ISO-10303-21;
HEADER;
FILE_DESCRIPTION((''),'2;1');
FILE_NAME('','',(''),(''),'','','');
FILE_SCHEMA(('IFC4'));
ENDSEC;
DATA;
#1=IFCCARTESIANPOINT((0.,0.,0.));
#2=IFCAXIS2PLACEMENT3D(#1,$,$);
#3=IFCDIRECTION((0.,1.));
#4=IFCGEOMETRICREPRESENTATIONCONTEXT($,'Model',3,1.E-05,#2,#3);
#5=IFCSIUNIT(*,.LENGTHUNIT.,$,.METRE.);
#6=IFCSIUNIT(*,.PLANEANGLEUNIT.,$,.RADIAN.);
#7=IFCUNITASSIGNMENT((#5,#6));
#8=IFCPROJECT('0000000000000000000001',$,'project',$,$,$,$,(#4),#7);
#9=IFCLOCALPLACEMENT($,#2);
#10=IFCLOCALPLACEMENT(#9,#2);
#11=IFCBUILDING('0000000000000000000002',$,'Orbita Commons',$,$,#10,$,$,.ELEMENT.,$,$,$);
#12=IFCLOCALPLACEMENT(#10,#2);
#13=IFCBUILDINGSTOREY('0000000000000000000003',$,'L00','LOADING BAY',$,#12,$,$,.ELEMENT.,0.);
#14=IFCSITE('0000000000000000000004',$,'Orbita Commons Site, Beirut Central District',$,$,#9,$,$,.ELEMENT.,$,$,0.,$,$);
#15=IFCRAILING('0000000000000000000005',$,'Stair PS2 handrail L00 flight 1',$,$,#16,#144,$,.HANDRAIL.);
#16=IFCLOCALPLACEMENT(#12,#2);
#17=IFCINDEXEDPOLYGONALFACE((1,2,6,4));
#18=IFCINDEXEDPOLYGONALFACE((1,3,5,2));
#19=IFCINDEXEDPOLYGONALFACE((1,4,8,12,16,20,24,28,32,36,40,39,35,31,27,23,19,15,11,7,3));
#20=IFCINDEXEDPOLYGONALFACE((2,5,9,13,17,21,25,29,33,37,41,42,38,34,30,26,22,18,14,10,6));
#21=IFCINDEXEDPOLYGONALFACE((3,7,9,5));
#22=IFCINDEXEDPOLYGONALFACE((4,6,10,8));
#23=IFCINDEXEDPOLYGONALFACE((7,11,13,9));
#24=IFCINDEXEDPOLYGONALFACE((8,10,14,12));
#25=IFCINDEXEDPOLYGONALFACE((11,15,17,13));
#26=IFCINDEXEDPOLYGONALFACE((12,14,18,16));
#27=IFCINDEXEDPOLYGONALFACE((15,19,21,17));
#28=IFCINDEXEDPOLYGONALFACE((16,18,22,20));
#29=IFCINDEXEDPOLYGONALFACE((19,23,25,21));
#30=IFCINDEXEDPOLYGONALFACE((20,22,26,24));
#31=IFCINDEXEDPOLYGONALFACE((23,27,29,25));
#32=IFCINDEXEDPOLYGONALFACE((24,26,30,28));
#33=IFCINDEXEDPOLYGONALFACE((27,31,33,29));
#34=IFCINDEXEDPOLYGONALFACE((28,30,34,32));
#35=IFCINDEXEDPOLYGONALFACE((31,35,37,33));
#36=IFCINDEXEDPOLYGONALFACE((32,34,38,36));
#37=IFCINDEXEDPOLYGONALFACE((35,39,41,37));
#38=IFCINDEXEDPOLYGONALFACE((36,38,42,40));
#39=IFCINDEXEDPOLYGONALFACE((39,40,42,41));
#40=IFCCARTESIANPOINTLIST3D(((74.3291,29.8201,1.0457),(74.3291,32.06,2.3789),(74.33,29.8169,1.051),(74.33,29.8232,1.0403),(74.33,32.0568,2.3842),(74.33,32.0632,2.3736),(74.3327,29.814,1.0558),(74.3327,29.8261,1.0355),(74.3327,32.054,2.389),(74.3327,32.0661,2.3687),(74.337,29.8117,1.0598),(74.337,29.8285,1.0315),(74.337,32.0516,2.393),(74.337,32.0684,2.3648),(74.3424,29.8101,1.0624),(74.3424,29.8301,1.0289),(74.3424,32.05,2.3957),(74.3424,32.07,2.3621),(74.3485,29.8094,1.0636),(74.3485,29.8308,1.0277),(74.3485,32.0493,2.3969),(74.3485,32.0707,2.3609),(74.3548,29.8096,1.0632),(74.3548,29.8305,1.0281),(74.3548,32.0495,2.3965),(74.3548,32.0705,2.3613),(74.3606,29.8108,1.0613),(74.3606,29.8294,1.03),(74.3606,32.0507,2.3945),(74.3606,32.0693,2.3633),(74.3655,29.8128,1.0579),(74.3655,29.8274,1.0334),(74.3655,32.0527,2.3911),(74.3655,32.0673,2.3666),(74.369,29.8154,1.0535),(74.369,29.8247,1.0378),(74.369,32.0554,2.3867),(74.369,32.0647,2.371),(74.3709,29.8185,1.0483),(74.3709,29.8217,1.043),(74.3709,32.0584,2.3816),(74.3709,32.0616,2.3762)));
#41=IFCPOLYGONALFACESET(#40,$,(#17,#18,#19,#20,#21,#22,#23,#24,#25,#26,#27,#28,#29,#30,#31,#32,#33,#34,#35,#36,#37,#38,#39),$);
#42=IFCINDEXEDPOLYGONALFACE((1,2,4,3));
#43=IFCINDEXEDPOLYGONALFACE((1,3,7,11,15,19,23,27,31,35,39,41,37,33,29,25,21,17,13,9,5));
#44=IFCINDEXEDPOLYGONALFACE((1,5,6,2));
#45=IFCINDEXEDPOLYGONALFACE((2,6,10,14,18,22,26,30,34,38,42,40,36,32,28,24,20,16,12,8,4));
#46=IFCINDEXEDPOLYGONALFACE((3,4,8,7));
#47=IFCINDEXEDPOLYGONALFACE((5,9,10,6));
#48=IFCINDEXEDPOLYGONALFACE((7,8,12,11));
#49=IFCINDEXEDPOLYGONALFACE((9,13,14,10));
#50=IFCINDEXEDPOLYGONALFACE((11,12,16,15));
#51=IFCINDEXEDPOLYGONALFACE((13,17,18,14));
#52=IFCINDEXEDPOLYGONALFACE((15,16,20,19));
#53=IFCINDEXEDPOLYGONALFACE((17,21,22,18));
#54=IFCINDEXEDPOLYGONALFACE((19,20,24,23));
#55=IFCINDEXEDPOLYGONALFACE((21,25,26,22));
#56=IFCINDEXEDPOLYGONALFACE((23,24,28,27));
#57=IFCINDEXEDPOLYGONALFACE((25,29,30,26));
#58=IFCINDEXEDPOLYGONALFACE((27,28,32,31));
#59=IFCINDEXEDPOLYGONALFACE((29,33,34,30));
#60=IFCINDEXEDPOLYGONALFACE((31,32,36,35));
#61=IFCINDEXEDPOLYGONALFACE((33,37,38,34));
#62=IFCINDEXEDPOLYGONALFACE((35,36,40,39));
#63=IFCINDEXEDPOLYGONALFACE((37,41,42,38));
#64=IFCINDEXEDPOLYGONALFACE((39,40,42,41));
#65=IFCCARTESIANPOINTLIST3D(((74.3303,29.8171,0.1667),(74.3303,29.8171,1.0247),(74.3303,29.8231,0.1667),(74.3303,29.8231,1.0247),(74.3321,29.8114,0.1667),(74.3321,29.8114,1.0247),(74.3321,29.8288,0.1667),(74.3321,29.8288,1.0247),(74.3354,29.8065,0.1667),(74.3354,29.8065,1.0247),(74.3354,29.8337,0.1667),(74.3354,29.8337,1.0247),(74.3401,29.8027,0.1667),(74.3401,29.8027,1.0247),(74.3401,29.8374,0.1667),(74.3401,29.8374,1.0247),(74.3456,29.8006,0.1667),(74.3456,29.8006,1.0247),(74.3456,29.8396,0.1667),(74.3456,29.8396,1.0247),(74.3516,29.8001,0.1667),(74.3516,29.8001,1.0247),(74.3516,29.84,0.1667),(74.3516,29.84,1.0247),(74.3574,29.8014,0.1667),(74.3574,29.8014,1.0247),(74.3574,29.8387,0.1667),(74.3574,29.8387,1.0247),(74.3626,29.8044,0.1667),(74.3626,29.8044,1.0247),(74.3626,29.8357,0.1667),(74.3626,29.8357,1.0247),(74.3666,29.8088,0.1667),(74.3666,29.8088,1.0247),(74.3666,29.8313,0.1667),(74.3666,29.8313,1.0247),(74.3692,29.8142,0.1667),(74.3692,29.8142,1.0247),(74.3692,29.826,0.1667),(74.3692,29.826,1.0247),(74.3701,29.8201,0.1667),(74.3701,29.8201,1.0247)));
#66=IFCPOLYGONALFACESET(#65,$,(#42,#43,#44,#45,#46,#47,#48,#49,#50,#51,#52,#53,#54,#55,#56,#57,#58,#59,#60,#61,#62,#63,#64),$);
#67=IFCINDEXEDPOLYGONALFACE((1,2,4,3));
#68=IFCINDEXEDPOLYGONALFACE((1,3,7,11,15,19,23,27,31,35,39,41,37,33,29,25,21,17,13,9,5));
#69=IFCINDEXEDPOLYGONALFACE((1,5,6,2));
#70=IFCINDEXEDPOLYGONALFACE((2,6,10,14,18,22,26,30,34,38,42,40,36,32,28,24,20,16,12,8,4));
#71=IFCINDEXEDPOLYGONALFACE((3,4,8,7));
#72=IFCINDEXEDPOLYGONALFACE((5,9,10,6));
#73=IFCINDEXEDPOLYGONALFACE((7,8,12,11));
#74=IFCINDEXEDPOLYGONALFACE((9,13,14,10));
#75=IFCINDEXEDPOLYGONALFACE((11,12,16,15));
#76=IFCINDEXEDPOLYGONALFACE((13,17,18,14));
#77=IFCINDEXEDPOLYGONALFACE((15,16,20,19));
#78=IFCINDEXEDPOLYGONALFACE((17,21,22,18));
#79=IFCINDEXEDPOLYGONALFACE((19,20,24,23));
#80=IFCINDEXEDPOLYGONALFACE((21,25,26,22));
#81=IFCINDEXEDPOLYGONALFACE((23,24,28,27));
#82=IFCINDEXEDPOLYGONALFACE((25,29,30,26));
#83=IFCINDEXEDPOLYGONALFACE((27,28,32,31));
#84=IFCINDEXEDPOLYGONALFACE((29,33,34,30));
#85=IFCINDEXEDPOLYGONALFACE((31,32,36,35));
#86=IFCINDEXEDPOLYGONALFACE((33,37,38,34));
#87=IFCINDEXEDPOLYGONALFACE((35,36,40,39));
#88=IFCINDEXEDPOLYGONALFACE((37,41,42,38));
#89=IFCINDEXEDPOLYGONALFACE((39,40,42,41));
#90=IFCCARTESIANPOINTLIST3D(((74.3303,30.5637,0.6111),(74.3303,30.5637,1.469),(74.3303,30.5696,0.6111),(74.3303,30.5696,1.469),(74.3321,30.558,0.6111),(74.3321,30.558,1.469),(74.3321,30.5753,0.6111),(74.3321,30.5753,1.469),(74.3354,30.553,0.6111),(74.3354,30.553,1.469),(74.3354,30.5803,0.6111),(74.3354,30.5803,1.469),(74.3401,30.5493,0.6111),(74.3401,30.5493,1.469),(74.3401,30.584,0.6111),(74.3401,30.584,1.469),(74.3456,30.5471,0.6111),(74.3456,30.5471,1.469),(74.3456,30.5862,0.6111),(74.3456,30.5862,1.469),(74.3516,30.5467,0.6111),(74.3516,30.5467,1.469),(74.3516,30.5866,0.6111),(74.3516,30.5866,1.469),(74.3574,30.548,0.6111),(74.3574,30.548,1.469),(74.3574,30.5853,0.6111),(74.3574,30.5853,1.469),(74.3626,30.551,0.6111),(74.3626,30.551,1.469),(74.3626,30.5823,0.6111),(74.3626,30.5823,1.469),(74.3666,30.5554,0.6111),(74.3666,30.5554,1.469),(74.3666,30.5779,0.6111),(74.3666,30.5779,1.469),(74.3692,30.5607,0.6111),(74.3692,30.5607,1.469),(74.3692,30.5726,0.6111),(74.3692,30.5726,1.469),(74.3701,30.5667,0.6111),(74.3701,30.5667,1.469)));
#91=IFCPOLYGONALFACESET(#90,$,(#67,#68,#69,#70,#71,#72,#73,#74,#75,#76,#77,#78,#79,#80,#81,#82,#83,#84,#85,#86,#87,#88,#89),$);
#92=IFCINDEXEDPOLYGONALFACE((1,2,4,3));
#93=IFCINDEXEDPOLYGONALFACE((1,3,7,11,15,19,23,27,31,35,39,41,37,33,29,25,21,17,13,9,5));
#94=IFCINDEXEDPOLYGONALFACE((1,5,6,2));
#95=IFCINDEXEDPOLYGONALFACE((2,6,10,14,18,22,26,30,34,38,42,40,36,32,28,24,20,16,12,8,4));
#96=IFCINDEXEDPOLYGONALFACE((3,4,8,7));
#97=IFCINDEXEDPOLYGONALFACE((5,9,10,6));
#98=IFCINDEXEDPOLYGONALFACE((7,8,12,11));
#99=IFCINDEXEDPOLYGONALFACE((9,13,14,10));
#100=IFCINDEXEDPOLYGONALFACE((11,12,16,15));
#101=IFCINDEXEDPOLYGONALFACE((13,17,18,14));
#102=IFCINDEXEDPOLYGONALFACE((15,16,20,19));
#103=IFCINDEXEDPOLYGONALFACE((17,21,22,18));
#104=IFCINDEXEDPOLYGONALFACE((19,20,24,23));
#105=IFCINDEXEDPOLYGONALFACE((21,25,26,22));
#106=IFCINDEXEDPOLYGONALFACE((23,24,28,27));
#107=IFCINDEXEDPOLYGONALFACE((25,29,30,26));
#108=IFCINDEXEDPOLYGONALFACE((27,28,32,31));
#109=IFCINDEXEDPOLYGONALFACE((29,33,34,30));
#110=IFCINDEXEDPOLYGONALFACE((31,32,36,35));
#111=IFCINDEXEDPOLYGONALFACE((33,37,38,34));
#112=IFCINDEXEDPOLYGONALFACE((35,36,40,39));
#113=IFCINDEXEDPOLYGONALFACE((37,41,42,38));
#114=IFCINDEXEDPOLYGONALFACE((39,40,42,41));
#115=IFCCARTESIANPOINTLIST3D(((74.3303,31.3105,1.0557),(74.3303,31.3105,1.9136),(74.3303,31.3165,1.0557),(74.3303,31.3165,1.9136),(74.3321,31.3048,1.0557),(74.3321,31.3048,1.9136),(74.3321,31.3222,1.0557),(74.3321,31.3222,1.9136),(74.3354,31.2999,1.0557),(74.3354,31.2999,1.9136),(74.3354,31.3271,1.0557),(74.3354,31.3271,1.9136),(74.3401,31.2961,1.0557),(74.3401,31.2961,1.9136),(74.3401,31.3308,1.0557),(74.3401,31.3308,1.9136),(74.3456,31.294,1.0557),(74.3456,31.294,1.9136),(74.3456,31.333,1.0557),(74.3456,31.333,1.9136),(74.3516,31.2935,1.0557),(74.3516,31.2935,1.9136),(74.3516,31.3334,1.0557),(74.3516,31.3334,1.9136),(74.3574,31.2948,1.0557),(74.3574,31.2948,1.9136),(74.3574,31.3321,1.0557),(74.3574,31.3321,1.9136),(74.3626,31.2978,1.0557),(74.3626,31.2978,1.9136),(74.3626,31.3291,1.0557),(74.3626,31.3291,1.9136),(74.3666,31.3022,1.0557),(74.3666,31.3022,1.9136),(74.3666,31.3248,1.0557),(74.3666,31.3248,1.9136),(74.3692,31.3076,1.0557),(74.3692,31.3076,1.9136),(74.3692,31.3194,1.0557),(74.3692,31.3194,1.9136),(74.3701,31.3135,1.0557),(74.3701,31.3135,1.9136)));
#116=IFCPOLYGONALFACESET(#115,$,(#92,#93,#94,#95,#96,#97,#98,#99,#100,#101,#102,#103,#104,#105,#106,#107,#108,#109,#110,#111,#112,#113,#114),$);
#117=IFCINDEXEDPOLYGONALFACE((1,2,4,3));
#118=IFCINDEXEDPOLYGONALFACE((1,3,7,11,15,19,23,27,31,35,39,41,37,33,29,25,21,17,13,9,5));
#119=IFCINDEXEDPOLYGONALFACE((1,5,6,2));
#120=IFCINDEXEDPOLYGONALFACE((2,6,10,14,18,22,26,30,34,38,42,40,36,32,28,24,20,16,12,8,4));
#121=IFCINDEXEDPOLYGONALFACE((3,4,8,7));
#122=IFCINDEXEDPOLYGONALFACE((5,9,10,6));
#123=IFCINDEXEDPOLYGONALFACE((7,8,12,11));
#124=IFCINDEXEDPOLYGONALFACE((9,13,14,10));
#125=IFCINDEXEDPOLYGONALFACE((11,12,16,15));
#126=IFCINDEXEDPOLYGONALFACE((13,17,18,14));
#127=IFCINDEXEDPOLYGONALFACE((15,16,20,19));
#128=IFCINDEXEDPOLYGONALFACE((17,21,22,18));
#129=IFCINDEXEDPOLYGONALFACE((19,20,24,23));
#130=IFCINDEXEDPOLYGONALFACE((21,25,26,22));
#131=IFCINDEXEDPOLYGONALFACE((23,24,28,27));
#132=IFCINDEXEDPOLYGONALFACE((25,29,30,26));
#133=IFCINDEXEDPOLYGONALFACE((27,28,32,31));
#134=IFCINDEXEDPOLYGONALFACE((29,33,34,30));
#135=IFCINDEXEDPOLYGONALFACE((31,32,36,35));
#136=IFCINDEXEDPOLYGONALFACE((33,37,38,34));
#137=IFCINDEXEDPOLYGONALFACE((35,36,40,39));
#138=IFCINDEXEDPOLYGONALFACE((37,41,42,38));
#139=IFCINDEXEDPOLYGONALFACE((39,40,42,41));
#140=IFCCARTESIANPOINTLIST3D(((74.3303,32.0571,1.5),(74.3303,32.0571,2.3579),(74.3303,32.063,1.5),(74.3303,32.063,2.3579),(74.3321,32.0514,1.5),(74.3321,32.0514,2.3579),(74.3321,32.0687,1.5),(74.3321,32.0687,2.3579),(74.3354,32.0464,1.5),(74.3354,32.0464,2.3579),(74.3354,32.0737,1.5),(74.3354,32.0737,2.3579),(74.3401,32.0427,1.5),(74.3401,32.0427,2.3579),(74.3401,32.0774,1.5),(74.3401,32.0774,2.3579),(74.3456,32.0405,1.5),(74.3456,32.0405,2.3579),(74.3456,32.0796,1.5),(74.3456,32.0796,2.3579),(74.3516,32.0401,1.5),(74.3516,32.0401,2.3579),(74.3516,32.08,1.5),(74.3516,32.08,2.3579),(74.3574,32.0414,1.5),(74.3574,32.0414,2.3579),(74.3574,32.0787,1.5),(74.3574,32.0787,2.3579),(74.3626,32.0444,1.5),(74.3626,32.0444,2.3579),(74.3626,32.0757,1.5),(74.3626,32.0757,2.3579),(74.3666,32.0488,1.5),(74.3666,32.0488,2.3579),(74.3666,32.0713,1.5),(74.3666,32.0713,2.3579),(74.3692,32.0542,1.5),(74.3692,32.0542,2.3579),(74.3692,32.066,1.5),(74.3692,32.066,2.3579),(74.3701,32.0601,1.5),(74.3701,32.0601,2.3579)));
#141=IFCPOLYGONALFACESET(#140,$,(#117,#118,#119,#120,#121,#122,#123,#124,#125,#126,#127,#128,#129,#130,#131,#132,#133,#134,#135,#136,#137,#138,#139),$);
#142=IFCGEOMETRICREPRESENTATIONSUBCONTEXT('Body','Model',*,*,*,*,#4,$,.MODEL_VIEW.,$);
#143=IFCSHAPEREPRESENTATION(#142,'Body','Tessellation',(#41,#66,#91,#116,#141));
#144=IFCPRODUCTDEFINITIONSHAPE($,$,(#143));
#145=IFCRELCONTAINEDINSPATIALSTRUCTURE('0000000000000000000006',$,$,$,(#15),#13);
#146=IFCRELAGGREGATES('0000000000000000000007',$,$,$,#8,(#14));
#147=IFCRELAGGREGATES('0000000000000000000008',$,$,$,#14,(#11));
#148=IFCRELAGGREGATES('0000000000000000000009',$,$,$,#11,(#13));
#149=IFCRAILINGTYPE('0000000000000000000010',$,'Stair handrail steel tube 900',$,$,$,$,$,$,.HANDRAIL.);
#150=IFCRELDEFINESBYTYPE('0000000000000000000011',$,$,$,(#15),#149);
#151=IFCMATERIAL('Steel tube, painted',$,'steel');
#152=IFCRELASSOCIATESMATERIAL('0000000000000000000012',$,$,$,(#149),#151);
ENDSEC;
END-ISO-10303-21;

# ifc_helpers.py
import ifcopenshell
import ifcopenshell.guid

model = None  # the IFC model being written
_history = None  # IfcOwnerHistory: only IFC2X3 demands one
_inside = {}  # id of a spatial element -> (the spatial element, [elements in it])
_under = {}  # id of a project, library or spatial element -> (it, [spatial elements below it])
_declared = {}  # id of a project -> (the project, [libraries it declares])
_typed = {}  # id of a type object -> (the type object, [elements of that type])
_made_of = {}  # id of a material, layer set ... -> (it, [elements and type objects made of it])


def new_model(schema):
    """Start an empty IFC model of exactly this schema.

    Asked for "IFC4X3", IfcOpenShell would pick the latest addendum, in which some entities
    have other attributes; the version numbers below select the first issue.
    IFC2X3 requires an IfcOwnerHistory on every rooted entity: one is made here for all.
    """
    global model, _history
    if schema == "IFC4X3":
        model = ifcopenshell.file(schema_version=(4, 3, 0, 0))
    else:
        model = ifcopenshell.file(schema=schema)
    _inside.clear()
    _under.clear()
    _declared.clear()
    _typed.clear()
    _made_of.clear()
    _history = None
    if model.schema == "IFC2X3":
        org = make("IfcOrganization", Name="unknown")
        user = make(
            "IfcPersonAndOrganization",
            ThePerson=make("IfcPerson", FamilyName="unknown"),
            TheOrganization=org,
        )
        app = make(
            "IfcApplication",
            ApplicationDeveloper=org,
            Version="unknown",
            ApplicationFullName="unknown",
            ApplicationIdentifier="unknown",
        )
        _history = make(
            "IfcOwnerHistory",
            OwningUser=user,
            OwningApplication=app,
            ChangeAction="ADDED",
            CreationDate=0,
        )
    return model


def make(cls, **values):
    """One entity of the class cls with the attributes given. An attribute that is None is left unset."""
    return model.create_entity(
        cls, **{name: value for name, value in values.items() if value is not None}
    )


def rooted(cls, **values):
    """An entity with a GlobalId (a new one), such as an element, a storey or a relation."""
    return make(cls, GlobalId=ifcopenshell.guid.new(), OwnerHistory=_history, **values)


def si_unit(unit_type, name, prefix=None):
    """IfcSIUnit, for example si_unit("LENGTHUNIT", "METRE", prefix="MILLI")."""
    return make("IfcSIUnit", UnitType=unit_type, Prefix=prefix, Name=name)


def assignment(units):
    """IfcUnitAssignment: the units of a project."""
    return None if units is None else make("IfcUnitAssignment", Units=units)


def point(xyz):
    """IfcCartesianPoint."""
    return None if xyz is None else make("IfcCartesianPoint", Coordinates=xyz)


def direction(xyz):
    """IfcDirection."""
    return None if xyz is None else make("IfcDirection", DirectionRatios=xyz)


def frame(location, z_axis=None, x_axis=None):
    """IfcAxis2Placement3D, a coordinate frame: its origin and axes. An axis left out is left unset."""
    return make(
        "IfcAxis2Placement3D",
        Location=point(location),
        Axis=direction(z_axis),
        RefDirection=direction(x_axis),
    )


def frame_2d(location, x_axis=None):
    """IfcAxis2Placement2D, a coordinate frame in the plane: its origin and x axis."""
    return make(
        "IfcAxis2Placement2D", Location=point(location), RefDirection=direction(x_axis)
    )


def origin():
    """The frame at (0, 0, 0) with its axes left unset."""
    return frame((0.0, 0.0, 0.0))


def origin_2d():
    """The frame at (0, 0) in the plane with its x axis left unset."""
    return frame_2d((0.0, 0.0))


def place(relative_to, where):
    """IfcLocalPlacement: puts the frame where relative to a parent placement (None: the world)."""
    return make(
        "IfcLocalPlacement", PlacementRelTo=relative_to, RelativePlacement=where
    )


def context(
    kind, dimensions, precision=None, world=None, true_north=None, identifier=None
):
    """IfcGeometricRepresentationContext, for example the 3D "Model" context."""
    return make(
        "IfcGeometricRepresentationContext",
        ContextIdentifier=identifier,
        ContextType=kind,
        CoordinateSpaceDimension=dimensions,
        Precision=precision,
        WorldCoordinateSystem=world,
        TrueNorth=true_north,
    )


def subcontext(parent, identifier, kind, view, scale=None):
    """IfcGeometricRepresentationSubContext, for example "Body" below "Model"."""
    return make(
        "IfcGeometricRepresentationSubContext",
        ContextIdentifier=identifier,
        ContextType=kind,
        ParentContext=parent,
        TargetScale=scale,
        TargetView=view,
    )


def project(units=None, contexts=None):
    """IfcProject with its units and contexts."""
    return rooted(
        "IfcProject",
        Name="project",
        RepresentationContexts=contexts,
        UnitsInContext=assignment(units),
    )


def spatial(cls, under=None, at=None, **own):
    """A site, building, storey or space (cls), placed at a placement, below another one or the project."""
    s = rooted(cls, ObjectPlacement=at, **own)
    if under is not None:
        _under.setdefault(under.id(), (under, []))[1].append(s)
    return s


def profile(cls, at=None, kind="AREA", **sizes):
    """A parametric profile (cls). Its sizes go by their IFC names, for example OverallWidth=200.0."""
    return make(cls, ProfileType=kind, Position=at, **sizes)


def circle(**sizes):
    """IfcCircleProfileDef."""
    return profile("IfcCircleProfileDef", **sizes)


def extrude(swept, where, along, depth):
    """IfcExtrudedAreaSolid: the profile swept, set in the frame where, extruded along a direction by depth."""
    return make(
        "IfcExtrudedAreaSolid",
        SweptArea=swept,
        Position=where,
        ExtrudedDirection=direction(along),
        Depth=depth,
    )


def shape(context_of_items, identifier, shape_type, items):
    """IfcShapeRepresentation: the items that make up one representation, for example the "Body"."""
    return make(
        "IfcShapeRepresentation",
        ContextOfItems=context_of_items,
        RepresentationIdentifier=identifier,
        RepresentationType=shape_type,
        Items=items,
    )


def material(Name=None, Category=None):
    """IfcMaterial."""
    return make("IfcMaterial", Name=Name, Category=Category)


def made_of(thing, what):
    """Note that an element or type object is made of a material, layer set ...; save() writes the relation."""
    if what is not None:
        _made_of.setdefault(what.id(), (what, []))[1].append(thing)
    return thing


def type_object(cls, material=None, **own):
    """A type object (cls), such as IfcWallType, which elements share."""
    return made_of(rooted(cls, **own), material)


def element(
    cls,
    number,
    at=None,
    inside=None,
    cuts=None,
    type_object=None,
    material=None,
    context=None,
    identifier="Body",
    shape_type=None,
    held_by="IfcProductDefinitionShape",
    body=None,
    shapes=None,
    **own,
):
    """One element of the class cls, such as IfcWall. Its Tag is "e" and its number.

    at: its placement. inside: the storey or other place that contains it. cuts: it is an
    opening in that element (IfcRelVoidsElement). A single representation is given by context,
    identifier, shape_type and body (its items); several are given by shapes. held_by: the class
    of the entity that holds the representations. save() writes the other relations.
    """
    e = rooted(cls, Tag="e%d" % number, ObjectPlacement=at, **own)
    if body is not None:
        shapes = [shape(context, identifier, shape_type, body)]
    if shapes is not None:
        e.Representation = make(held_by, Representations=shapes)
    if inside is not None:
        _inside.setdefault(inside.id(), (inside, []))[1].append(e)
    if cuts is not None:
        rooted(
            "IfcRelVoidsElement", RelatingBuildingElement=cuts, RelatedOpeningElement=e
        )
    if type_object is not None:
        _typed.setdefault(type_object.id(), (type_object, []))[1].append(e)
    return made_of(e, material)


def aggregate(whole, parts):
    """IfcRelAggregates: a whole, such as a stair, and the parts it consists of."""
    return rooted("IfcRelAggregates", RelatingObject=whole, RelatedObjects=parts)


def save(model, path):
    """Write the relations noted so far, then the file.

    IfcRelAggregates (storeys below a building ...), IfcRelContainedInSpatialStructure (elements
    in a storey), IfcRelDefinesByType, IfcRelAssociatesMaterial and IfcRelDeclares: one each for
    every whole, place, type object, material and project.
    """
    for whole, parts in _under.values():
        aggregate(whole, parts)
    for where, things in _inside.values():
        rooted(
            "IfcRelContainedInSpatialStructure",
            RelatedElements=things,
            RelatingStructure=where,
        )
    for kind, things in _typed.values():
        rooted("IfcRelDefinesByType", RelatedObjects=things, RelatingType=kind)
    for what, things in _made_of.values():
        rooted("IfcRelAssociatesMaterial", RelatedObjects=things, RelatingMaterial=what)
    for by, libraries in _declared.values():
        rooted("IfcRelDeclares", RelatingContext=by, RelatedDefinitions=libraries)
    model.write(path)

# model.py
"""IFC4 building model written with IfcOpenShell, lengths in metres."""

from ifc_helpers import new_model, si_unit, direction, frame, origin, origin_2d, place, context, subcontext, project, spatial, circle, extrude, material, type_object, element, save


model = new_model("IFC4")

# Units and contexts
model_context = context("Model", 3, precision=1e-05, world=origin(), true_north=direction((0.0, 1.0)))
body_context = subcontext(model_context, "Body", "Model", "MODEL_VIEW")
ifc_project = project(units=[si_unit("LENGTHUNIT", "METRE"), si_unit("PLANEANGLEUNIT", "RADIAN")], contexts=[model_context])

# Site, building, storey
site_placement = place(None, origin())
site = spatial("IfcSite", under=ifc_project, at=site_placement, Name="Orbita Commons Site, Beirut Central District", CompositionType="ELEMENT", RefElevation=0.0)
building_placement = place(site_placement, origin())
building = spatial("IfcBuilding", under=site, at=building_placement, Name="Orbita Commons", CompositionType="ELEMENT")
storey_placement = place(building_placement, origin())
storey = spatial("IfcBuildingStorey", under=building, at=storey_placement, Name="L00", Description="LOADING BAY", CompositionType="ELEMENT", Elevation=0.0)

# Railing
ifc_material_1 = material(Name="Steel tube, painted", Category="steel")
railing_type_1 = type_object("IfcRailingType", Name="Stair handrail steel tube 900", PredefinedType="HANDRAIL", material=ifc_material_1)
for number, where, name in (
    (1, (74.3501, 29.8201, 0.1667), "Stair PS2 handrail L00 flight 1"),
):
    element("IfcRailing", number, at=place(storey_placement, frame(where)), inside=storey, type_object=railing_type_1, Name=name, PredefinedType="HANDRAIL", context=body_context, shape_type="SweptSolid", body=[
        extrude(circle(Radius=0.021, at=origin_2d()), frame((0.0, 0.0, 0.8789), z_axis=(0.0, 0.859306, 0.511462), x_axis=(-1.0, 0.0, 0.0)), (0.0, 0.0, 1.0), 2.6067),
        extrude(circle(Radius=0.02, at=origin_2d()), origin(), (0.0, 0.0, 1.0), 0.8579),
        extrude(circle(Radius=0.02, at=origin_2d()), frame((0.0, 0.7466, 0.4443)), (0.0, 0.0, 1.0), 0.8579),
        extrude(circle(Radius=0.02, at=origin_2d()), frame((0.0, 1.4934, 0.8889)), (0.0, 0.0, 1.0), 0.8579),
        extrude(circle(Radius=0.02, at=origin_2d()), frame((0.0, 2.24, 1.3333)), (0.0, 0.0, 1.0), 0.8579),
    ])

save(model, "model.ifc")
